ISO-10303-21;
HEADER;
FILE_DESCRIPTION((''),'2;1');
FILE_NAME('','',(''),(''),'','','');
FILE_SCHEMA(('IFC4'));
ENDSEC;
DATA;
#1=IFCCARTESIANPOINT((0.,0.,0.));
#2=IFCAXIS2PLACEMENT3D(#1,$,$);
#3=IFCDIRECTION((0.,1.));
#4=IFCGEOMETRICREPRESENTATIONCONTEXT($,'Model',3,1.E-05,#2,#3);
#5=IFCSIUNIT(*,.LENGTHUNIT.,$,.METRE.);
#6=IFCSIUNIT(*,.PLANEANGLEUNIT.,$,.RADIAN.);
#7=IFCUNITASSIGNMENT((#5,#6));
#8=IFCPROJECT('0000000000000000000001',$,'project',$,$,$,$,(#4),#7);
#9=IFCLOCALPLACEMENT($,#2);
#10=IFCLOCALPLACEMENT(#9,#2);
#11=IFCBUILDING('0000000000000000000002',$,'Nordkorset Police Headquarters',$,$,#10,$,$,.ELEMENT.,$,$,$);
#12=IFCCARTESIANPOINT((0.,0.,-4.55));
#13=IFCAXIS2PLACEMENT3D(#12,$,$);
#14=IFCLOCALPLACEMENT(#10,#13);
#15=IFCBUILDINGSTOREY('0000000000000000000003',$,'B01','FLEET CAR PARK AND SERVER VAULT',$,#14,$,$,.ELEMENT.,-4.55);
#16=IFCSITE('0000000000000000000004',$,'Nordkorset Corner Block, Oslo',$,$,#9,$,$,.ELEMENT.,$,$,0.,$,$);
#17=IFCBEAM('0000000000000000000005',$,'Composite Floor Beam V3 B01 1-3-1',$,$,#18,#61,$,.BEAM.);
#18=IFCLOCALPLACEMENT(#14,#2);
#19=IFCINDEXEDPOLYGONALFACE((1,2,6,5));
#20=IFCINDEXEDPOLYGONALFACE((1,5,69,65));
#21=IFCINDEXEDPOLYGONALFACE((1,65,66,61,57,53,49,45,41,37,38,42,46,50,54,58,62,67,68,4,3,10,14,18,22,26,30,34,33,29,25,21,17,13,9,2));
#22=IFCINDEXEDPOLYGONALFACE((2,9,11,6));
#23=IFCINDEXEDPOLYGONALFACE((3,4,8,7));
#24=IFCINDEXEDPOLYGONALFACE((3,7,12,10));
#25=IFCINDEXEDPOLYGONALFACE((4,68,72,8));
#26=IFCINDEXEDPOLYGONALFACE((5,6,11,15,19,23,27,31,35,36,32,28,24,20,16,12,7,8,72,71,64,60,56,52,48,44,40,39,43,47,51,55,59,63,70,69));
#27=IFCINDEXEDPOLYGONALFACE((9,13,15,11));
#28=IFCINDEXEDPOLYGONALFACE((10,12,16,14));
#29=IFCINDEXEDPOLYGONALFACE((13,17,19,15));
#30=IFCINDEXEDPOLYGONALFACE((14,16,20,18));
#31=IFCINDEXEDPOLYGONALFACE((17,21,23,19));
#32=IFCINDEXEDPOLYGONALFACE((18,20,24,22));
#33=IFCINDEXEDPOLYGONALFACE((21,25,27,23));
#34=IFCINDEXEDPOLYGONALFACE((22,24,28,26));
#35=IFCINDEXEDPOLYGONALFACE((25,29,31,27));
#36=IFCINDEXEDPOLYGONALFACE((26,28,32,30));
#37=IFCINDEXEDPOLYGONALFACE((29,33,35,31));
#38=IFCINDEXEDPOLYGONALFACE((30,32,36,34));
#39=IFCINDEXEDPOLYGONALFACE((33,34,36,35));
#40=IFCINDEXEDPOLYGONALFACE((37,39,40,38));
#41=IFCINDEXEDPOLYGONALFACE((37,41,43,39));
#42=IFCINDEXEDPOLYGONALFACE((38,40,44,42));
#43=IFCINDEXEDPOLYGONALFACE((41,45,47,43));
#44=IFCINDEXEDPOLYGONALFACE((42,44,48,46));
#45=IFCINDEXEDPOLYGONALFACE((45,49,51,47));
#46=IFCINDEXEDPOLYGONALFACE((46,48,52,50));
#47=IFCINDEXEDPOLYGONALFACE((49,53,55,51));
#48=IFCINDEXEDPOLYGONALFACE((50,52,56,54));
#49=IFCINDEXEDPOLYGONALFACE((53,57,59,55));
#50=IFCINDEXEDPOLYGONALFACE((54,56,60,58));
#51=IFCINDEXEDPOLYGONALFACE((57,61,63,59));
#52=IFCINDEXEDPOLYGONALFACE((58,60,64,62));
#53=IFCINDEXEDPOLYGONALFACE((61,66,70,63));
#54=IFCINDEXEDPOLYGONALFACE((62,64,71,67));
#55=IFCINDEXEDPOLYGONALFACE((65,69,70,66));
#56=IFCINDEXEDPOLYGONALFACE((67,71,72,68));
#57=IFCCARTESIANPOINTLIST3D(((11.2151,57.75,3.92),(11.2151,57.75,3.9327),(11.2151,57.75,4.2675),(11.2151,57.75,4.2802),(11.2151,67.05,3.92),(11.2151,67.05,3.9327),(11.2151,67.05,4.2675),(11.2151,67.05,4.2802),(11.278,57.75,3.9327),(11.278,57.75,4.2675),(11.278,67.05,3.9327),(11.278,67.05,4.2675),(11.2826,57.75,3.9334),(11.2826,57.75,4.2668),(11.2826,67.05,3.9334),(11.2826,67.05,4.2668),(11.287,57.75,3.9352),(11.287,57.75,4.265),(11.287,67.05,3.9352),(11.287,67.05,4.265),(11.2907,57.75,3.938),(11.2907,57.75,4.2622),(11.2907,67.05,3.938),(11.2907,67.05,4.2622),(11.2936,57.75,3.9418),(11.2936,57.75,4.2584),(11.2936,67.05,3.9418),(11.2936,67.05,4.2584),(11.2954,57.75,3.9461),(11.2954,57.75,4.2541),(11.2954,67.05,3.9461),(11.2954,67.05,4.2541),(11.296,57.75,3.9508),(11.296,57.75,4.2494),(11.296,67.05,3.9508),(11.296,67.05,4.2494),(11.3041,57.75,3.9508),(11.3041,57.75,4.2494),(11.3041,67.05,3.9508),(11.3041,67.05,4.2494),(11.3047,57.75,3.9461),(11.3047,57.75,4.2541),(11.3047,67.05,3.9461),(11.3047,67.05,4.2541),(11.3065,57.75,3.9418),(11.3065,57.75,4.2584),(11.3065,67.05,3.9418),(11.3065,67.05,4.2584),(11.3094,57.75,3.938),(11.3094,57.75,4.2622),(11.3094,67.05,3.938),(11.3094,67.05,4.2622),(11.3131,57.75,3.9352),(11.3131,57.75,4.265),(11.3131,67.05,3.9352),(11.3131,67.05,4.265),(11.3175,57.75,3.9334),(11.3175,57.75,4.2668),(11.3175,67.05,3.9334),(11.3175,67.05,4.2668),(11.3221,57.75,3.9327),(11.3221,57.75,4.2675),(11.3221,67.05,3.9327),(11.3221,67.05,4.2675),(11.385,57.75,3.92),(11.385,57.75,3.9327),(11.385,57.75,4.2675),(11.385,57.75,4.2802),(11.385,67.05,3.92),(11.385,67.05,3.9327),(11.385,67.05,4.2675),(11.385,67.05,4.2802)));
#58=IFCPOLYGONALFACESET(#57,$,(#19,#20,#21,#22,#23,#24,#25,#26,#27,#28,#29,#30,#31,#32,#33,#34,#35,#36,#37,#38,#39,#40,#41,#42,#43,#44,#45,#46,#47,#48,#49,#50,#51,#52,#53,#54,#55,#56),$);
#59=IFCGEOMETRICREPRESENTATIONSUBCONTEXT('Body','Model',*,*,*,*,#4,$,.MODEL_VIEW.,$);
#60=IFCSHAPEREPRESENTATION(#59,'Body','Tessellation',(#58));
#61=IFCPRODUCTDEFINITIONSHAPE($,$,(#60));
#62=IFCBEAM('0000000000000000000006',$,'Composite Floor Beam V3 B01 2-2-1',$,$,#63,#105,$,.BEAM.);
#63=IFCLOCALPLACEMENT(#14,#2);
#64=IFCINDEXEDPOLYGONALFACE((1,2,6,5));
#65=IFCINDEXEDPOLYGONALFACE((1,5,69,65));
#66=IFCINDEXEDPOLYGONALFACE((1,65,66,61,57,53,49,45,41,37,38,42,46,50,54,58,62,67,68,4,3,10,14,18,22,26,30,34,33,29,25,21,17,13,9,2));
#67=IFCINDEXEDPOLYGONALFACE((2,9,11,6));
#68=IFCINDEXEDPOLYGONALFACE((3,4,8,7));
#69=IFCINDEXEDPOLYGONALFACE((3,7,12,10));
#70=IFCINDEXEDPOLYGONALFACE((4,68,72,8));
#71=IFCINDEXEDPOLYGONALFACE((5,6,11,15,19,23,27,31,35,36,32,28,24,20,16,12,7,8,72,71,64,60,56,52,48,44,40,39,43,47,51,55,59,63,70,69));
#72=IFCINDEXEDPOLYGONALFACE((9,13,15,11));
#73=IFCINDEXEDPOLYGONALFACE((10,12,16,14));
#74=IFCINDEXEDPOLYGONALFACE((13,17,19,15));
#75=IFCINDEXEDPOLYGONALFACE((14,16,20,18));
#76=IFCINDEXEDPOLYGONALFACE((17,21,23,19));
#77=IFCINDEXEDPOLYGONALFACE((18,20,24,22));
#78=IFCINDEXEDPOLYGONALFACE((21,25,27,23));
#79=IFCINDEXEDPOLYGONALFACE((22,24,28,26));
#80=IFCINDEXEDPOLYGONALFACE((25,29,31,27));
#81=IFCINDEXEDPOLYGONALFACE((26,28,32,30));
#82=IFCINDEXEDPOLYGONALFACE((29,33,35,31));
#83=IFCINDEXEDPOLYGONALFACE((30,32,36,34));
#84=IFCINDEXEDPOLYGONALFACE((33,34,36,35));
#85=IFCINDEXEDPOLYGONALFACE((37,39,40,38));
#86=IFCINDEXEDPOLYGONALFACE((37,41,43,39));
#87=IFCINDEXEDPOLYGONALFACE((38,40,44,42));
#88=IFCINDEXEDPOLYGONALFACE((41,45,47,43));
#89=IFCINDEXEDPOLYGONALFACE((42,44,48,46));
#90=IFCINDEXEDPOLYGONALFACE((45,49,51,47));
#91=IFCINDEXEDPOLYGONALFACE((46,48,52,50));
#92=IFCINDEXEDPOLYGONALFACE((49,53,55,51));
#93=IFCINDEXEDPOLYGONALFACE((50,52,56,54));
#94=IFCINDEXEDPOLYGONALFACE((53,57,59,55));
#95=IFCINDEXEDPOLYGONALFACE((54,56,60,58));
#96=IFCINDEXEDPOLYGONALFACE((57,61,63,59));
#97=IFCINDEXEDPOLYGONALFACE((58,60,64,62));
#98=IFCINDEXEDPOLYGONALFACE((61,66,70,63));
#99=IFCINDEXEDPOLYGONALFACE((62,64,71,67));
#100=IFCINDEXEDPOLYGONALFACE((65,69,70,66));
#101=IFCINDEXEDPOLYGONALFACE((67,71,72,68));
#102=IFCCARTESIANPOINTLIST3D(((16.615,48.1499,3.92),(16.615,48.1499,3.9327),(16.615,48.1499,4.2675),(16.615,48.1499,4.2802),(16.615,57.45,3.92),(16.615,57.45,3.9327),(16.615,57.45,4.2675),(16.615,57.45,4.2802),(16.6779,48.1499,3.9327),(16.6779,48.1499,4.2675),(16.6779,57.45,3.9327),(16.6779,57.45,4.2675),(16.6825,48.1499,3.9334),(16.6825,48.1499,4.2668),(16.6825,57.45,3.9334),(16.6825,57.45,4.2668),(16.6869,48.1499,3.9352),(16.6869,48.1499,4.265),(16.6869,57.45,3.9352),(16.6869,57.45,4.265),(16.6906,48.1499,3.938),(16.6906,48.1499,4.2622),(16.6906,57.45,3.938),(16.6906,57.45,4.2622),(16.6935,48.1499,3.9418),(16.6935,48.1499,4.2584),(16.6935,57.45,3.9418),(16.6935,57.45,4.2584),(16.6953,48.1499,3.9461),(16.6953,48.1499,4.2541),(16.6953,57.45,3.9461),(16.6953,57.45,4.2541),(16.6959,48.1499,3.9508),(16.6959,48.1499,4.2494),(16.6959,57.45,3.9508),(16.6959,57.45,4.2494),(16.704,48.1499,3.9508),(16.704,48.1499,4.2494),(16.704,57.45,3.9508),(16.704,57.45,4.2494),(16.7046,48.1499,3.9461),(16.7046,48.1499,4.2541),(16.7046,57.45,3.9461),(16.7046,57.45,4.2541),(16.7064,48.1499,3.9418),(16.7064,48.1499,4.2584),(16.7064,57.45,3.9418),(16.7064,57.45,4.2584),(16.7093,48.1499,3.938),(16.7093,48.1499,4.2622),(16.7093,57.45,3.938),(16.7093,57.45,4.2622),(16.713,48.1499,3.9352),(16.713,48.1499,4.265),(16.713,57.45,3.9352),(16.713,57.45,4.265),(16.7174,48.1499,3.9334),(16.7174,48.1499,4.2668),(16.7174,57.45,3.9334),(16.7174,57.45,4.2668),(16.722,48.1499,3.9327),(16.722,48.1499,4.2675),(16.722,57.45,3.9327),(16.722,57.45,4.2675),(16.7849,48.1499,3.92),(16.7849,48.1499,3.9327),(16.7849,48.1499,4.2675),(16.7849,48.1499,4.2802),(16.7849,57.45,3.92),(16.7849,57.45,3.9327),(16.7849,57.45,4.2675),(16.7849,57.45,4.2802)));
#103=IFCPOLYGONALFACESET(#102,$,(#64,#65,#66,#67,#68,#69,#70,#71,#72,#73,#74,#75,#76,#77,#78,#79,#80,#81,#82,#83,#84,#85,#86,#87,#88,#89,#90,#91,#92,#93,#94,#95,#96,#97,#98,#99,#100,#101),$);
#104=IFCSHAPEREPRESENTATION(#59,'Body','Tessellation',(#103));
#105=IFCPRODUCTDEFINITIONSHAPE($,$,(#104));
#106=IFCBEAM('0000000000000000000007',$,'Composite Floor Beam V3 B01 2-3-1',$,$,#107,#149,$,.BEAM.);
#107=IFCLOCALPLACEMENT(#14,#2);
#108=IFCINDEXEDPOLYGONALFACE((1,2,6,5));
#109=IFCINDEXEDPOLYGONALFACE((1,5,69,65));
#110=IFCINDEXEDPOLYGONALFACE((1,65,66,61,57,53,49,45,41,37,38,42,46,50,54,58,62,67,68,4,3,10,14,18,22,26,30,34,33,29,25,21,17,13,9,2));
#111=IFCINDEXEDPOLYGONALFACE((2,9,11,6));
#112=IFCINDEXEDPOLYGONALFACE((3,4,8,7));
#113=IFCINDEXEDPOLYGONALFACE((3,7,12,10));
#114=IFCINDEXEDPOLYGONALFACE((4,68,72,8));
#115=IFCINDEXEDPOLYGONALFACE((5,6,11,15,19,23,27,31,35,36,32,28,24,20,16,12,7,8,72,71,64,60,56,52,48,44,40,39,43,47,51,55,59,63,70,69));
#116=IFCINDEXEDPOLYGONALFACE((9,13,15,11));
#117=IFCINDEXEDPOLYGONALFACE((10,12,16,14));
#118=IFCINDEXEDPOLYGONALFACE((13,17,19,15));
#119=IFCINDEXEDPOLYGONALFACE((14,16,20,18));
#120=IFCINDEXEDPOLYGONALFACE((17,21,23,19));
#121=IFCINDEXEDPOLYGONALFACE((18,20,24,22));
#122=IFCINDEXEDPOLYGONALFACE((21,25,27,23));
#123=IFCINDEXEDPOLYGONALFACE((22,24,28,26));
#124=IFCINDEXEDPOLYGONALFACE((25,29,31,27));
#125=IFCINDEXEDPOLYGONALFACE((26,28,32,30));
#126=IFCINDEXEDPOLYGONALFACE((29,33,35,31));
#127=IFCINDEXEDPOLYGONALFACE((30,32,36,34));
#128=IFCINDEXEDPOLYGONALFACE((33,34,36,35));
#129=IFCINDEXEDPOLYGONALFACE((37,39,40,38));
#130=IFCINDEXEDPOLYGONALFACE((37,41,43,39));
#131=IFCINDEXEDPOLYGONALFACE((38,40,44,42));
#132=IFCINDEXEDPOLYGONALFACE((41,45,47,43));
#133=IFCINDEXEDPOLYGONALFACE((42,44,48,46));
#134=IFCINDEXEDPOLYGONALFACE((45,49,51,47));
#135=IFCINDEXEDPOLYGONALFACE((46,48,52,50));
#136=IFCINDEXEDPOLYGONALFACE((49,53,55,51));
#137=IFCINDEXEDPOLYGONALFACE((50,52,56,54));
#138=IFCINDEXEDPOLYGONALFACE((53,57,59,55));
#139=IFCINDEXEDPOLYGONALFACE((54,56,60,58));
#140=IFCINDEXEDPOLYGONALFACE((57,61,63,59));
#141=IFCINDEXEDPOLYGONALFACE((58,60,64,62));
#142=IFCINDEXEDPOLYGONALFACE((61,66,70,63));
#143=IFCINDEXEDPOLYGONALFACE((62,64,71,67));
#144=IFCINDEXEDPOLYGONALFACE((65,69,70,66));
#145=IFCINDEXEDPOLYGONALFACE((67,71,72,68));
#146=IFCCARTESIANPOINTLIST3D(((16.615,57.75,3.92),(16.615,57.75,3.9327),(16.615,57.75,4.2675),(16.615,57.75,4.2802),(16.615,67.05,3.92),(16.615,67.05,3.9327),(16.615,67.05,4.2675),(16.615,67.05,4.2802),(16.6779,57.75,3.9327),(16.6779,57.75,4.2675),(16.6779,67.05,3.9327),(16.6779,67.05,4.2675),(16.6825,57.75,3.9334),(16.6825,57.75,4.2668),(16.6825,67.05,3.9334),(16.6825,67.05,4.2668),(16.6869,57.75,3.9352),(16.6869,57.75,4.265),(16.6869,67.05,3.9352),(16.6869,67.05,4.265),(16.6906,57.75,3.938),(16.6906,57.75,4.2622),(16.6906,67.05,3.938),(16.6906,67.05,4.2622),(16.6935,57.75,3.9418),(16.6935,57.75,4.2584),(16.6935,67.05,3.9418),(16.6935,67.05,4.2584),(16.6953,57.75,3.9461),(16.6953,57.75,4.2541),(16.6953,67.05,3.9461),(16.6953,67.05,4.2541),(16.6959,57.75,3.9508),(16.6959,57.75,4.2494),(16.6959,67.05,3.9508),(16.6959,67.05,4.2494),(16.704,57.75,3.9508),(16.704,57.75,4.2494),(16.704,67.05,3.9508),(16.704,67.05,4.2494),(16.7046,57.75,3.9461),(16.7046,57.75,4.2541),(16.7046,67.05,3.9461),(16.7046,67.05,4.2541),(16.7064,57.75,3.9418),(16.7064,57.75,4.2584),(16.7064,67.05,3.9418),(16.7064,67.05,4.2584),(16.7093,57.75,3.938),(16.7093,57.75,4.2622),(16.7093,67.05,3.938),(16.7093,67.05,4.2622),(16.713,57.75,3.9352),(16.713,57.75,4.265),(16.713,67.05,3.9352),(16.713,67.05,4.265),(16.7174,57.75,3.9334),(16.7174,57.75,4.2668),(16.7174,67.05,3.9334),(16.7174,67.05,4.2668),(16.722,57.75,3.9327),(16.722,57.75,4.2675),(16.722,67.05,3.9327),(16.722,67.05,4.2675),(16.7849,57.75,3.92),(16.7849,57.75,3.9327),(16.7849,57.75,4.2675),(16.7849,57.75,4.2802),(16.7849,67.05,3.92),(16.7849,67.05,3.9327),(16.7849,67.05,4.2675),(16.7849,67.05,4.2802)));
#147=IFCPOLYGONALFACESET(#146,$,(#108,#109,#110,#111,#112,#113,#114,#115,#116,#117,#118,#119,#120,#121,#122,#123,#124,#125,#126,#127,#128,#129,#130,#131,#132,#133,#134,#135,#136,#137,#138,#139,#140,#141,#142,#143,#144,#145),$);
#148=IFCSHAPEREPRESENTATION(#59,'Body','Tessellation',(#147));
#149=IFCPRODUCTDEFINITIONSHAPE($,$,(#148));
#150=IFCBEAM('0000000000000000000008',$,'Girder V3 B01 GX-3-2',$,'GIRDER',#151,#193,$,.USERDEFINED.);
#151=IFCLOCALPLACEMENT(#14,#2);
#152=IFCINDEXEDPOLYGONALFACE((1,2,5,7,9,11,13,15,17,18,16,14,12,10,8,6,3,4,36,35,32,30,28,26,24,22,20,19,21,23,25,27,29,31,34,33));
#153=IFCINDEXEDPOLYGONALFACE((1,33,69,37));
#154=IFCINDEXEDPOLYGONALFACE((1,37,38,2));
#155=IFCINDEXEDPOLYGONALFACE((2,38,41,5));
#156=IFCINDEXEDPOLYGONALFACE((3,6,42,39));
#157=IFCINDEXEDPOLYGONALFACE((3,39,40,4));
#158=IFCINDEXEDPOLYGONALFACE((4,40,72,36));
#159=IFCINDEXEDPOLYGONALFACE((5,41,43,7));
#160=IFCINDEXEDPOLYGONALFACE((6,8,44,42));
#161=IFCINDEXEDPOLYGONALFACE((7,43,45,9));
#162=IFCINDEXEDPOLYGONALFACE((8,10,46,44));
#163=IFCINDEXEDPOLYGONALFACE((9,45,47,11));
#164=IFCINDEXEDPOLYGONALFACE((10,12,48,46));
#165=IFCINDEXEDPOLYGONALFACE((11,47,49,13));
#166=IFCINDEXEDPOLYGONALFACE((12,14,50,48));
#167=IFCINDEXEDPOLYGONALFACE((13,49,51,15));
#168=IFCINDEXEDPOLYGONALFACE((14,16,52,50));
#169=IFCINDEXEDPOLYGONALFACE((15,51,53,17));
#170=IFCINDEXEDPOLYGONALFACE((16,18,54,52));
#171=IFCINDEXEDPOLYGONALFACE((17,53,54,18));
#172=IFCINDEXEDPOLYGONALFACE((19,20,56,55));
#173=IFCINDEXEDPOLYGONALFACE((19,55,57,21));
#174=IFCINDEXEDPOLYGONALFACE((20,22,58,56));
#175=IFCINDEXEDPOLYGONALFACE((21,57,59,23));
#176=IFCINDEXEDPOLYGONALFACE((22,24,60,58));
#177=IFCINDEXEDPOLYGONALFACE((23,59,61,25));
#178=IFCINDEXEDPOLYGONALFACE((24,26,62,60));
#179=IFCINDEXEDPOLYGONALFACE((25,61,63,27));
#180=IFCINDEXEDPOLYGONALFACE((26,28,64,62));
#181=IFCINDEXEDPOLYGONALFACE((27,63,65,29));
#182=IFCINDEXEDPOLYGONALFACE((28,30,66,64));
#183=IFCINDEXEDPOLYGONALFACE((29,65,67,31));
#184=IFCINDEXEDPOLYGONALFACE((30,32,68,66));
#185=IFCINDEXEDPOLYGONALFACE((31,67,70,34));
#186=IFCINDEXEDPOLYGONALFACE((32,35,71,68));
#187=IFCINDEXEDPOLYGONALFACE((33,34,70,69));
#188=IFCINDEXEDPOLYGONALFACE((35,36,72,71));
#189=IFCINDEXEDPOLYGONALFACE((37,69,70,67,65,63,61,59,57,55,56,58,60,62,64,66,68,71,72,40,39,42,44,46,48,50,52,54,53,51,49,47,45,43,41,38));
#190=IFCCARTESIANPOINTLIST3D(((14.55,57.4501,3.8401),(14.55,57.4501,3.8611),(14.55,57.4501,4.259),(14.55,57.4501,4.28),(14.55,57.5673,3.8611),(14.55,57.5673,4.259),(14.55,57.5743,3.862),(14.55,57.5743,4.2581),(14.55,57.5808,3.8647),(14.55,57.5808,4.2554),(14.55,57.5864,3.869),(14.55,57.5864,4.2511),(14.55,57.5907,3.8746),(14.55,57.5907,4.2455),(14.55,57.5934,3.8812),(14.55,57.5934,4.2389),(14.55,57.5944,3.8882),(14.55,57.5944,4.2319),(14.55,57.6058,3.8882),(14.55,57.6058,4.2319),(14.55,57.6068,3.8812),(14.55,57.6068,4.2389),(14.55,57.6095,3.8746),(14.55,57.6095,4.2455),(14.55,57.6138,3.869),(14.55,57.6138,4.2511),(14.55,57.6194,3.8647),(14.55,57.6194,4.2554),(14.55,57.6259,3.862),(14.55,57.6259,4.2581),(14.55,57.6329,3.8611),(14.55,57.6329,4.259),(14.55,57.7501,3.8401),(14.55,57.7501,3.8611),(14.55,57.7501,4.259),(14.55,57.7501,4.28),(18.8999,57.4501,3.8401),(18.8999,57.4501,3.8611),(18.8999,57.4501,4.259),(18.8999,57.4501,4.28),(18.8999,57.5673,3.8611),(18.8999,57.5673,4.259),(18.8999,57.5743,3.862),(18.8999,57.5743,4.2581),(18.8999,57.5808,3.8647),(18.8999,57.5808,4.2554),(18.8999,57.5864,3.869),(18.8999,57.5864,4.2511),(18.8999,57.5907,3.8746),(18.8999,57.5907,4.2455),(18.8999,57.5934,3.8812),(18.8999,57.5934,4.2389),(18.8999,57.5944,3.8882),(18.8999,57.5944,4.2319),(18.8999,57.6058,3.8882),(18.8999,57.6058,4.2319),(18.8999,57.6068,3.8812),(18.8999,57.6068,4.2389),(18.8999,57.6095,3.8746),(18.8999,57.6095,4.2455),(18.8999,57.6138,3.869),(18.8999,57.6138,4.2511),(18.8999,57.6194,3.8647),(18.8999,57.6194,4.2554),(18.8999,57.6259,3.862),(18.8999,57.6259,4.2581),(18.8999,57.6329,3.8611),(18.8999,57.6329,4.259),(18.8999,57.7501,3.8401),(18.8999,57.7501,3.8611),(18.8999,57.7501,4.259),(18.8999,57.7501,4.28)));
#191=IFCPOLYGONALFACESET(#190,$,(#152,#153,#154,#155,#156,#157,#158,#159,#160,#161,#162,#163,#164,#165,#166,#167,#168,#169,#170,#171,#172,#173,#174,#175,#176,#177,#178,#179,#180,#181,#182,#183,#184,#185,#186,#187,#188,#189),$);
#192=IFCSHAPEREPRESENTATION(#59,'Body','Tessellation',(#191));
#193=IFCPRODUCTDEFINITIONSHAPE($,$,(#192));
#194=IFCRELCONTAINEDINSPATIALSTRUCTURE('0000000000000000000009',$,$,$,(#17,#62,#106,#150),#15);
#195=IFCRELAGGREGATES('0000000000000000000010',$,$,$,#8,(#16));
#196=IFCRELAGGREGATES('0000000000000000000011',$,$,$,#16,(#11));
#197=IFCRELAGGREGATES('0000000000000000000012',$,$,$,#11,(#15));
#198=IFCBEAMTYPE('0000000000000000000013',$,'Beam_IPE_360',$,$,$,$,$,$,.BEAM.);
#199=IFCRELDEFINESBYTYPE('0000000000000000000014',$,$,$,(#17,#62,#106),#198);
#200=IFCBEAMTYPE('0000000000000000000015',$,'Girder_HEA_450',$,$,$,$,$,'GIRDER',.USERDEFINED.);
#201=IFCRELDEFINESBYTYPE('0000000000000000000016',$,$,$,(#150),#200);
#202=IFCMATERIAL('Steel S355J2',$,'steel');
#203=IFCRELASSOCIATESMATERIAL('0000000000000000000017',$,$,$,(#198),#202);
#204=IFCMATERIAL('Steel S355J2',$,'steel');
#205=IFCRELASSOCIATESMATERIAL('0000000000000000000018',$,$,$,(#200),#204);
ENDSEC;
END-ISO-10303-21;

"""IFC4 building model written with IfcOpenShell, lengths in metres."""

from ifc_helpers import new_model, si_unit, direction, frame, origin, origin_2d, place, context, subcontext, project, spatial, i_section, extrude, material, material_profile, profile_set, type_object, element, save


model = new_model("IFC4")

# Units and contexts
model_context = context("Model", 3, precision=1e-05, world=origin(), true_north=direction((0.0, 1.0)))
body_context = subcontext(model_context, "Body", "Model", "MODEL_VIEW")
ifc_project = project(units=[si_unit("LENGTHUNIT", "METRE"), si_unit("PLANEANGLEUNIT", "RADIAN")], contexts=[model_context])

# Site, building, storey
site_placement = place(None, origin())
site = spatial("IfcSite", under=ifc_project, at=site_placement, Name="Nordkorset Corner Block, Oslo", CompositionType="ELEMENT", RefElevation=0.0)
building_placement = place(site_placement, origin())
building = spatial("IfcBuilding", under=site, at=building_placement, Name="Nordkorset Police Headquarters", CompositionType="ELEMENT")
storey_placement = place(building_placement, frame((0.0, 0.0, -4.55)))
storey = spatial("IfcBuildingStorey", under=building, at=storey_placement, Name="B01", Description="FLEET CAR PARK AND SERVER VAULT", CompositionType="ELEMENT", Elevation=-4.55)

# Beams
ifc_material_1 = material(Name="Steel S355J2", Category="steel")
ifc_material_profile_1 = material_profile(ifc_material_1, i_section(OverallWidth=0.1699, OverallDepth=0.3601, WebThickness=0.0081, FlangeThickness=0.0127, FilletRadius=0.0181, at=origin_2d()), Name="IPE 360")
ifc_profile_set_1 = profile_set([ifc_material_profile_1], Name="Steel S355J2")
beam_type_1 = type_object("IfcBeamType", Name="Beam_IPE_360", PredefinedType="BEAM", material=ifc_profile_set_1)
for number, where, z_axis, x_axis, name in (
    (1, (11.3, 57.75, 4.1001), (0.0, 1.0, 0.0), (-1.0, 0.0, 0.0), "Composite Floor Beam V3 B01 1-3-1"),
    (2, (16.7, 48.1499, 4.1001), (0.0, 1.0, 0.0), (-1.0, 0.0, 0.0), "Composite Floor Beam V3 B01 2-2-1"),
    (3, (16.7, 57.75, 4.1001), (0.0, 1.0, 0.0), (-1.0, 0.0, 0.0), "Composite Floor Beam V3 B01 2-3-1"),
):
    element("IfcBeam", number, at=place(storey_placement, frame(where, z_axis=z_axis, x_axis=x_axis)), inside=storey, type_object=beam_type_1, Name=name, PredefinedType="BEAM", context=body_context, shape_type="SweptSolid", body=[
        extrude(i_section(OverallWidth=0.1699, OverallDepth=0.3601, WebThickness=0.0081, FlangeThickness=0.0127, FilletRadius=0.0181, at=origin_2d()), origin(), (0.0, 0.0, 1.0), 9.3),
    ])
ifc_material_2 = material(Name="Steel S355J2", Category="steel")
ifc_material_profile_2 = material_profile(ifc_material_2, i_section(OverallWidth=0.3, OverallDepth=0.4399, WebThickness=0.0115, FlangeThickness=0.021, FilletRadius=0.0271, at=origin_2d()), Name="HEA 450")
ifc_profile_set_2 = profile_set([ifc_material_profile_2], Name="Steel S355J2")
beam_type_2 = type_object("IfcBeamType", Name="Girder_HEA_450", ElementType="GIRDER", PredefinedType="USERDEFINED", material=ifc_profile_set_2)
beam_1_placement = place(storey_placement, frame((14.55, 57.6001, 4.0601), z_axis=(1.0, 0.0, 0.0), x_axis=(0.0, 1.0, 0.0)))
element("IfcBeam", 4, at=beam_1_placement, inside=storey, type_object=beam_type_2, Name="Girder V3 B01 GX-3-2", ObjectType="GIRDER", PredefinedType="USERDEFINED", context=body_context, shape_type="SweptSolid", body=[
    extrude(i_section(OverallWidth=0.3, OverallDepth=0.4399, WebThickness=0.0115, FlangeThickness=0.021, FilletRadius=0.0271, at=origin_2d()), origin(), (0.0, 0.0, 1.0), 4.3499),
])

save(model, "model.ifc")
